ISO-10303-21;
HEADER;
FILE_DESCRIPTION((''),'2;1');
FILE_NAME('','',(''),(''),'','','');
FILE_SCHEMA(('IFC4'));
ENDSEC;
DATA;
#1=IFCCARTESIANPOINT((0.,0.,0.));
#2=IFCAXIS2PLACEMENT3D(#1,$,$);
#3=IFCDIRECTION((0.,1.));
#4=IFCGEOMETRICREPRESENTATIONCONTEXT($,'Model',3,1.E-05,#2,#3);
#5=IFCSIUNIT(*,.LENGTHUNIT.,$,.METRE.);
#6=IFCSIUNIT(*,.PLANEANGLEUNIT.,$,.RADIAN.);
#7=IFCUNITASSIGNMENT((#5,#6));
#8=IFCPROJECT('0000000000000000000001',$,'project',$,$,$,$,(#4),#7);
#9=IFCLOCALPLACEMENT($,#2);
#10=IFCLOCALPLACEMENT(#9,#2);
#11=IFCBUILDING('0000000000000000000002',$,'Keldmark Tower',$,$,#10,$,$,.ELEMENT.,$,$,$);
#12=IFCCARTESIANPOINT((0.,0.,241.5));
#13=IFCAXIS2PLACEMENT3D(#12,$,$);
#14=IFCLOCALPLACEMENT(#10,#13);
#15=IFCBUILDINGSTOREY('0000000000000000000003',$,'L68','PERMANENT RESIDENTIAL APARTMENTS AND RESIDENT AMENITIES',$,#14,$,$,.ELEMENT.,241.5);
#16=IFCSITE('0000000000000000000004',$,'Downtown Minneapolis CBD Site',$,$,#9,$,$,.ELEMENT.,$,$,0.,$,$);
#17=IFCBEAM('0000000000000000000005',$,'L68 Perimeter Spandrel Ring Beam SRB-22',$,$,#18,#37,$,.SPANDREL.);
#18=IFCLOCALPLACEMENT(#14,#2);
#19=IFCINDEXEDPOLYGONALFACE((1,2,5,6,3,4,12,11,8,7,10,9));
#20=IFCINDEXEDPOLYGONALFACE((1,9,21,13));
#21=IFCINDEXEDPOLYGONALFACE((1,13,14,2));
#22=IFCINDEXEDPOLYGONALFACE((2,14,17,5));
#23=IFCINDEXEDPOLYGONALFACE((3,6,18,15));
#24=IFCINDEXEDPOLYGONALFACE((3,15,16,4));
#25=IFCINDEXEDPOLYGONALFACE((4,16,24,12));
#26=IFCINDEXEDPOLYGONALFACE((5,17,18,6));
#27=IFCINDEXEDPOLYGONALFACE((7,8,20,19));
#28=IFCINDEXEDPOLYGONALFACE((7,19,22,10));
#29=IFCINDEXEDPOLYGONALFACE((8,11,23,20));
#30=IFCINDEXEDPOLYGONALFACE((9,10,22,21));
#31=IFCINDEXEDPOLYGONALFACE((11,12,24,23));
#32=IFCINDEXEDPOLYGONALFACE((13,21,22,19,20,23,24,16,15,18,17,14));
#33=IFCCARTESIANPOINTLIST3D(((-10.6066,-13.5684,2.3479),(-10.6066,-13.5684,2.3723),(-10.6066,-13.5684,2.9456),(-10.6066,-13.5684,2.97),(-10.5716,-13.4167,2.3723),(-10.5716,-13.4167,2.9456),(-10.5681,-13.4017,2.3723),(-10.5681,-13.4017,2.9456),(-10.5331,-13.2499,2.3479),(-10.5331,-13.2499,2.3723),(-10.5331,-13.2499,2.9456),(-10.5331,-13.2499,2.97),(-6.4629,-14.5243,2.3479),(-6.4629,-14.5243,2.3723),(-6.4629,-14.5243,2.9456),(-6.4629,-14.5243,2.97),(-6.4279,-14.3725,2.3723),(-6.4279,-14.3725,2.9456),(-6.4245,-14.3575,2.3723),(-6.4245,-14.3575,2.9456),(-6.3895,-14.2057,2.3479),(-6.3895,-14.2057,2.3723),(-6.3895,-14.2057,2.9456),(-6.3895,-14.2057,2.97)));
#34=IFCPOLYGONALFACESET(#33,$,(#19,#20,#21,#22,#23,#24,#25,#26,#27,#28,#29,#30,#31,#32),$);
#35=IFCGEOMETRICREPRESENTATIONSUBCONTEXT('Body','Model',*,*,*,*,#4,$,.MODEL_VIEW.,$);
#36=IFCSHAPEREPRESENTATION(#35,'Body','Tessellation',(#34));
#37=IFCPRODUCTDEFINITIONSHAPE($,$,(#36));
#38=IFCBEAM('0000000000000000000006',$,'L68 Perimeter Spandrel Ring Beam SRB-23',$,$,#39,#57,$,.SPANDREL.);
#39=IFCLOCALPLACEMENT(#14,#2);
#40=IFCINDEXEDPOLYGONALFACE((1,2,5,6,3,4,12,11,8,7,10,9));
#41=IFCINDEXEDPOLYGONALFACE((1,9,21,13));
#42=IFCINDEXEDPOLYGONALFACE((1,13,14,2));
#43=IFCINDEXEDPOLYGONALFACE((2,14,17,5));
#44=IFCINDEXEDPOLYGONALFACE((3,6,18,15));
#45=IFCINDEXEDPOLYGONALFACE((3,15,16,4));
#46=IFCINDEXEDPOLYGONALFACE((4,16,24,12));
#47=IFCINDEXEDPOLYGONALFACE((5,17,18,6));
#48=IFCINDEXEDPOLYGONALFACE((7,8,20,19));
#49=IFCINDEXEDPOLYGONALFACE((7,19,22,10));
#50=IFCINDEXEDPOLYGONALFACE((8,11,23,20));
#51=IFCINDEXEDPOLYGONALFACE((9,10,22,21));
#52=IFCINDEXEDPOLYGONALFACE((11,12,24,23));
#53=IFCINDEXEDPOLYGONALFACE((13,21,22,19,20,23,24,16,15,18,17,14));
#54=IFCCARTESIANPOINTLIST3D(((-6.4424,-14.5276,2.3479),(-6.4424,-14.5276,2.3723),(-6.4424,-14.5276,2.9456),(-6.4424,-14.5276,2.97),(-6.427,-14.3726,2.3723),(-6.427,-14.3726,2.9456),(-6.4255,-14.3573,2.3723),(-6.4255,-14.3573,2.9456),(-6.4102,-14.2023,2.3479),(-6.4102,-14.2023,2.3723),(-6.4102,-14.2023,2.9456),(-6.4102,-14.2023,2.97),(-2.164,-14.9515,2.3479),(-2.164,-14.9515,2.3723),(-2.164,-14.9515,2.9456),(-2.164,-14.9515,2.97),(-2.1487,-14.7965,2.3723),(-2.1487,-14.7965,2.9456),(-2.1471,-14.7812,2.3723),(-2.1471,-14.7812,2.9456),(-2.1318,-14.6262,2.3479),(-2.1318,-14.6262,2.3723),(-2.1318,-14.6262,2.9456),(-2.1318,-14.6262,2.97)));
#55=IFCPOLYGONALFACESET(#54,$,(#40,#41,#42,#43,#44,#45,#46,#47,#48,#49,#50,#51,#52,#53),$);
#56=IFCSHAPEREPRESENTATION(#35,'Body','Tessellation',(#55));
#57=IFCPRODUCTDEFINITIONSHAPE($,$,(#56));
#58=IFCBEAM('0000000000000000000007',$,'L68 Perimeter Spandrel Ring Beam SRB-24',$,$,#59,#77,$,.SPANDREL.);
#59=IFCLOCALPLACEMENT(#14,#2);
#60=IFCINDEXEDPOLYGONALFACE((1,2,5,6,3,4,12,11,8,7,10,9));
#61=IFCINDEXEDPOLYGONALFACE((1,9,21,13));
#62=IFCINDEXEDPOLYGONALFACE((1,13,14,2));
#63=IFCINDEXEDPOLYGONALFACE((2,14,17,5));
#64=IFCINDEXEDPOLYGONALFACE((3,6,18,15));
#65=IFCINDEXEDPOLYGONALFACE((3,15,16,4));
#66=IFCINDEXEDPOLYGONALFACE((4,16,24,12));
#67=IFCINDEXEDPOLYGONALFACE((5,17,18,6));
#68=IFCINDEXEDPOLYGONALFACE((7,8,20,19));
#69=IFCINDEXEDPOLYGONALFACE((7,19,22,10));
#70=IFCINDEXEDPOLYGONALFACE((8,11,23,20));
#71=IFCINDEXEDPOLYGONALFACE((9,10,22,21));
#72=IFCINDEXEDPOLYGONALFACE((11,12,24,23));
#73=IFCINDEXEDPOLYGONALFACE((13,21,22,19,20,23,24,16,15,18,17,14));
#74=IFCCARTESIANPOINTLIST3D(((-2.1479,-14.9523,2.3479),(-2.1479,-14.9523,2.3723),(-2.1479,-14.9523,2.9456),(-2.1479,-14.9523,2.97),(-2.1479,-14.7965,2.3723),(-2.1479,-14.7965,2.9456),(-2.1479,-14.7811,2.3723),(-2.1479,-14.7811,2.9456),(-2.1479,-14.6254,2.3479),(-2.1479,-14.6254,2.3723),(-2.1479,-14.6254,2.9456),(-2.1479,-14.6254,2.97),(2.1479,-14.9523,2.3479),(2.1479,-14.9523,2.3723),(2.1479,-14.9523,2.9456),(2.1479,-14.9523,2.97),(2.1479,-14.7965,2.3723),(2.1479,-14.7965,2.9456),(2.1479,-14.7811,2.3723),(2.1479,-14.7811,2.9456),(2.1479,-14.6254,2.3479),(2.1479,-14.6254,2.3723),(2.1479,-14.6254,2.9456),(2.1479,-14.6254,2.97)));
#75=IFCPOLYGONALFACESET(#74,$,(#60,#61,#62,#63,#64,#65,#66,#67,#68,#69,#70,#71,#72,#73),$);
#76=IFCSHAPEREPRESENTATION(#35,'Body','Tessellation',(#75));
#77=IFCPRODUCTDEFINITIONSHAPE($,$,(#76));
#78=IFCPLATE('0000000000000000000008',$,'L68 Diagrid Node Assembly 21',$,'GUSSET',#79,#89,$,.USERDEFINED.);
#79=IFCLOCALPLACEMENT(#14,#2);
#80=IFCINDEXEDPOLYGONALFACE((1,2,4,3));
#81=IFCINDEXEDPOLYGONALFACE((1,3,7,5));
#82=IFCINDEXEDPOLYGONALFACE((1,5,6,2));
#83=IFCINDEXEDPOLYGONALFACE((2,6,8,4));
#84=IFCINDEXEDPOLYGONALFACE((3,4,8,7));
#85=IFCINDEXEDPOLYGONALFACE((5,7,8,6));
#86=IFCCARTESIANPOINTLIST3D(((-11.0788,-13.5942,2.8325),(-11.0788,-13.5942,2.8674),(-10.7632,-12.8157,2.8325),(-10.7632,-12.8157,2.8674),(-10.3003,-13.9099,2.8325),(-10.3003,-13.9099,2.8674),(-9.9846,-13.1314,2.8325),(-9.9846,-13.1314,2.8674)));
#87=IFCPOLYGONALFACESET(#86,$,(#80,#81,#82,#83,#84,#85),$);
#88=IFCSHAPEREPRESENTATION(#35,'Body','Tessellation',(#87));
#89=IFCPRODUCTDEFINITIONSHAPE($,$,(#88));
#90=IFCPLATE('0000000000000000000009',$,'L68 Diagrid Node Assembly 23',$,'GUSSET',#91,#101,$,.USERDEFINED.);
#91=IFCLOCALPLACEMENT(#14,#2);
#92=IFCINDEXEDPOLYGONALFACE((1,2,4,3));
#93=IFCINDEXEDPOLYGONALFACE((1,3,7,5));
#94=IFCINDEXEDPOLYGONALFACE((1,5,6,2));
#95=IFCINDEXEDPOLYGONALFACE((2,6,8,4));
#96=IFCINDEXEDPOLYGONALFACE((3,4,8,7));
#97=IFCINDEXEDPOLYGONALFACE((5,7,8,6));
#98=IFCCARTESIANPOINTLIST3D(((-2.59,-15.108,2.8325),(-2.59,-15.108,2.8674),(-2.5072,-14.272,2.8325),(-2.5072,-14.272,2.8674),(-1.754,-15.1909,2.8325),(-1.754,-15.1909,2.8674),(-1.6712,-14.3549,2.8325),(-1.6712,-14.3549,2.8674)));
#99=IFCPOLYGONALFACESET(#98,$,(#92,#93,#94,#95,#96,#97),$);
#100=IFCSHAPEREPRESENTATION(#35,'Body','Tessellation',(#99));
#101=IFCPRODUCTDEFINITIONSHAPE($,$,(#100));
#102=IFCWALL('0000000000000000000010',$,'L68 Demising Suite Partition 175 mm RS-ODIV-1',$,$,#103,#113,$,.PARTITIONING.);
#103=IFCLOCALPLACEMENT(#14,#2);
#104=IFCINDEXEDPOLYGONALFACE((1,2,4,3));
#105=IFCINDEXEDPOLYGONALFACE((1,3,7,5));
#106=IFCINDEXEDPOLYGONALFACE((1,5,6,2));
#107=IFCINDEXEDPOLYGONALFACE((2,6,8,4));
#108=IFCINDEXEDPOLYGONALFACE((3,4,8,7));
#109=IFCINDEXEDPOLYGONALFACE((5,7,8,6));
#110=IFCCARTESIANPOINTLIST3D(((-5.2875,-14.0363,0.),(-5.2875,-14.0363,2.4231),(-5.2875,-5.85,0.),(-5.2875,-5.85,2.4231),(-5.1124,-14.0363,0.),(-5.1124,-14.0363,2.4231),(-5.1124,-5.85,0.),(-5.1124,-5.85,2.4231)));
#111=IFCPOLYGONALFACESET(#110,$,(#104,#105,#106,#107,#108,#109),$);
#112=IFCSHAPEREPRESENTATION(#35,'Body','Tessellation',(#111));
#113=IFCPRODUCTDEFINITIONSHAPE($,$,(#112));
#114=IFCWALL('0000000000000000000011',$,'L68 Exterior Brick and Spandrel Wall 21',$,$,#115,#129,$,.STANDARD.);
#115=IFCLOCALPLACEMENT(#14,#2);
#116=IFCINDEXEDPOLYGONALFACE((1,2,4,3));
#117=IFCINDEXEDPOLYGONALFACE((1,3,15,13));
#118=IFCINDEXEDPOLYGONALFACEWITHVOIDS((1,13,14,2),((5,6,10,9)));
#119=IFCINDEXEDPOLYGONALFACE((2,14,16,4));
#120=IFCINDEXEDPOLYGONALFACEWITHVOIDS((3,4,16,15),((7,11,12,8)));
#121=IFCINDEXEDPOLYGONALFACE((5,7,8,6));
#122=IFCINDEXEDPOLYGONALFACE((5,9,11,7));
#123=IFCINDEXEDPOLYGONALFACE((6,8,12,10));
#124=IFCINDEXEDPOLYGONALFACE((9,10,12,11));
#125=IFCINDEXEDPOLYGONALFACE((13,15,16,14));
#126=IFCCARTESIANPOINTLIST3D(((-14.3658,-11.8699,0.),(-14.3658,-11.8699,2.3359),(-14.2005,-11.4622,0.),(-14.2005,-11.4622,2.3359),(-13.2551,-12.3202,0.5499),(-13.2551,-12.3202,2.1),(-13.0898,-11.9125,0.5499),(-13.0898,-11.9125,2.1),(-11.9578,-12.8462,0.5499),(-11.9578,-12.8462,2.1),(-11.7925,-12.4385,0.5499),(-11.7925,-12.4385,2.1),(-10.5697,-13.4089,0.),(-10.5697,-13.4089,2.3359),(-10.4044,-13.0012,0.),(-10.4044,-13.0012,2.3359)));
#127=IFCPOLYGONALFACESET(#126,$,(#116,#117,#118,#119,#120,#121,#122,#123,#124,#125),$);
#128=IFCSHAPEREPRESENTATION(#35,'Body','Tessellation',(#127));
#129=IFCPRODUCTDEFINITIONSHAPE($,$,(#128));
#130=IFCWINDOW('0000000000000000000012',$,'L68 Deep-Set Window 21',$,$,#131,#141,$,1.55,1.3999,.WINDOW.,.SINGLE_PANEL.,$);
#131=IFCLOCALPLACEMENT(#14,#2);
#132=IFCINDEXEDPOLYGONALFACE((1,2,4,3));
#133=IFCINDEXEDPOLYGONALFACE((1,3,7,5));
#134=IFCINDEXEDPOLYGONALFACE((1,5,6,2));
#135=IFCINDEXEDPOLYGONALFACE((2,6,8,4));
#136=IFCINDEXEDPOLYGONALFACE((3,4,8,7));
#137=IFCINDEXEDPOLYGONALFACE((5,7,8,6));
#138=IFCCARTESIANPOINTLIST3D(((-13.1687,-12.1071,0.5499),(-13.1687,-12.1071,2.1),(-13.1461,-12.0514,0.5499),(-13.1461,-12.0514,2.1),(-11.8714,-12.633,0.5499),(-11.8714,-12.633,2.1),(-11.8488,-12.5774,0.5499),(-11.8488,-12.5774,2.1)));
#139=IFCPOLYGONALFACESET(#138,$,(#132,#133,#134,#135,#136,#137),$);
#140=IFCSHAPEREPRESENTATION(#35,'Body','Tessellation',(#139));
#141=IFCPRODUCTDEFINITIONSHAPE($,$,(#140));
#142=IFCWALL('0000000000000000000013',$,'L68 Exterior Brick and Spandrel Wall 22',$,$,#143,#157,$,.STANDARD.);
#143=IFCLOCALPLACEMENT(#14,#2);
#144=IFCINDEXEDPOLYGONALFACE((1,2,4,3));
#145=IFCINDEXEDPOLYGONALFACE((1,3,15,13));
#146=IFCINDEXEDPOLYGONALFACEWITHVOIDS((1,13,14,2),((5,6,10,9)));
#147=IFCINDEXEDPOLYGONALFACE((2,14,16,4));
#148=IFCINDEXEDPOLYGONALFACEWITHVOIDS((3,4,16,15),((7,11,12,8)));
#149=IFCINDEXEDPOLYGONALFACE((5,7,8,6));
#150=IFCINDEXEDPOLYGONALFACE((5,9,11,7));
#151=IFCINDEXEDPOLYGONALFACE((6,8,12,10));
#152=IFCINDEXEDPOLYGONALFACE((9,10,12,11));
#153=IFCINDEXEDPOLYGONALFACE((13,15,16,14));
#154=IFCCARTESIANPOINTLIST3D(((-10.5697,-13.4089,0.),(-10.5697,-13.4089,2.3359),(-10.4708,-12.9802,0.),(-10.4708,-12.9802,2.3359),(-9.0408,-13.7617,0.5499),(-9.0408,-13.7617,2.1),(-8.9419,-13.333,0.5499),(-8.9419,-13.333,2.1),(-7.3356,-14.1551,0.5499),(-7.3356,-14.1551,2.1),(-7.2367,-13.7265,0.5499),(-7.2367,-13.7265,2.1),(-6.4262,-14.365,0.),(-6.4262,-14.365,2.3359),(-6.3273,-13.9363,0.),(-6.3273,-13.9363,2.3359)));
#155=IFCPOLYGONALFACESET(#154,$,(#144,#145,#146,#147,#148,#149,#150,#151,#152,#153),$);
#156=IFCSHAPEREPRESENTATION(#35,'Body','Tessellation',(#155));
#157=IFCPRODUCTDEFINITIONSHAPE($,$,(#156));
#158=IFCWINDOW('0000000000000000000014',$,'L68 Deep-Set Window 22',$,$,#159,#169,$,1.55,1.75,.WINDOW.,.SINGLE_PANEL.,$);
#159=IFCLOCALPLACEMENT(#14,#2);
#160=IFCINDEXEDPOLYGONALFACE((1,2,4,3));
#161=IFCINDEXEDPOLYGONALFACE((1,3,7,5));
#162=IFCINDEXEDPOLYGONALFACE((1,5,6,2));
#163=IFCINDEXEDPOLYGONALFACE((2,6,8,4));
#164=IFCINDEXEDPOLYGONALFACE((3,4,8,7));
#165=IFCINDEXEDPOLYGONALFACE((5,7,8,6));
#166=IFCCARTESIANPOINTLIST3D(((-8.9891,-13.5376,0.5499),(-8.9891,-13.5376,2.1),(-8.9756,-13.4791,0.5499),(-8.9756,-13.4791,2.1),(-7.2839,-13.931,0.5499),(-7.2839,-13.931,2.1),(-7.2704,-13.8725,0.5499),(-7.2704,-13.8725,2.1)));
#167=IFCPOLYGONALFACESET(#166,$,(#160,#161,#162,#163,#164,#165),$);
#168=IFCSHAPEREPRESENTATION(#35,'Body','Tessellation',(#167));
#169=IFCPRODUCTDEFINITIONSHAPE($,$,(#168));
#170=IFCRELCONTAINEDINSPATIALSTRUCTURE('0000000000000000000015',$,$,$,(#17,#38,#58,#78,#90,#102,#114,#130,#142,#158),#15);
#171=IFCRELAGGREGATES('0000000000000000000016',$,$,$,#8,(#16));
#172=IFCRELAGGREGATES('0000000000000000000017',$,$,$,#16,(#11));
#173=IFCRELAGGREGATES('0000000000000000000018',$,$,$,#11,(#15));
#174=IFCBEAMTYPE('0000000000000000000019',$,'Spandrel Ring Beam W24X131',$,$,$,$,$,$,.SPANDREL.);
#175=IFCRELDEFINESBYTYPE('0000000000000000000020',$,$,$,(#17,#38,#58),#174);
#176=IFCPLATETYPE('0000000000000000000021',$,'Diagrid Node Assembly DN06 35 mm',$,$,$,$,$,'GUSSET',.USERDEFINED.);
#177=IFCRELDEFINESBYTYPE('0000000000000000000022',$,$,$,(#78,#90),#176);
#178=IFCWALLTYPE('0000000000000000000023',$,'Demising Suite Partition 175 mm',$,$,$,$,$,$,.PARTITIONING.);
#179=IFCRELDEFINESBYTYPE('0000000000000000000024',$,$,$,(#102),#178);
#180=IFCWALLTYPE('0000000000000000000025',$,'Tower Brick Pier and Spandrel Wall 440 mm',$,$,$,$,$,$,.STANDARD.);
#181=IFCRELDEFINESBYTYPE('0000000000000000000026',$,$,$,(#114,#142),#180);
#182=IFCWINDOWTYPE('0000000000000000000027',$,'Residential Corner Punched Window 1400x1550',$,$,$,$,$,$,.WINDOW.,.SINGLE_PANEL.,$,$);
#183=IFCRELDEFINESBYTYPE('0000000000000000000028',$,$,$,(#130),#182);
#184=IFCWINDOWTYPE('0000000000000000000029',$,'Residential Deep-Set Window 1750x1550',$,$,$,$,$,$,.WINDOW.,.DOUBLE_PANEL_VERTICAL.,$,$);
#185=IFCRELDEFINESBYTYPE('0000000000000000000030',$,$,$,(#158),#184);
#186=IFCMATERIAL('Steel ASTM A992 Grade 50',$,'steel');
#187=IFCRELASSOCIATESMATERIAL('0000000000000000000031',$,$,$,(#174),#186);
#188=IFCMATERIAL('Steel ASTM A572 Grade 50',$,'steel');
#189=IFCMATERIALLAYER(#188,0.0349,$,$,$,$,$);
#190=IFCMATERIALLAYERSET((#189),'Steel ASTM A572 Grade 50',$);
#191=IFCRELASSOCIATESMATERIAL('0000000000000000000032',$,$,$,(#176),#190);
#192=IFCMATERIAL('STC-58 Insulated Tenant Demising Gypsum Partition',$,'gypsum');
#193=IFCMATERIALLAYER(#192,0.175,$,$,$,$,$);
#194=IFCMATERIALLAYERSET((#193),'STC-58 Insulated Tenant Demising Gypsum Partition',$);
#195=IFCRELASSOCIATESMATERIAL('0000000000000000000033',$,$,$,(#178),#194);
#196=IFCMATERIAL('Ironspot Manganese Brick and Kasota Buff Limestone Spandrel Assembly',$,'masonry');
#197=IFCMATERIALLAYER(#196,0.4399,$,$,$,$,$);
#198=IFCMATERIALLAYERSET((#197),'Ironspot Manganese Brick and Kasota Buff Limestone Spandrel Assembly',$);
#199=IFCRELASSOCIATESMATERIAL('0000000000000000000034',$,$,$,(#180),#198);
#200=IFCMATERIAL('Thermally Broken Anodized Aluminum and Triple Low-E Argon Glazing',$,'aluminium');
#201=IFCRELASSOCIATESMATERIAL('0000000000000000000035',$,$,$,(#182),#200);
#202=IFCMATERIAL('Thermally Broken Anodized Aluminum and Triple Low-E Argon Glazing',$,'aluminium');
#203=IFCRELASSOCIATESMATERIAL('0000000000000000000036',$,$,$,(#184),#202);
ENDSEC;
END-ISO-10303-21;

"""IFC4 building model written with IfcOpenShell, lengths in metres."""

from ifc_helpers import new_model, si_unit, direction, frame, frame_2d, origin, origin_2d, place, context, subcontext, project, spatial, rectangle, i_section, extrude, material, layer, layer_set, material_profile, profile_set, type_object, element, fill, save


model = new_model("IFC4")

# Units and contexts
model_context = context("Model", 3, precision=1e-05, world=origin(), true_north=direction((0.0, 1.0)))
body_context = subcontext(model_context, "Body", "Model", "MODEL_VIEW")
ifc_project = project(units=[si_unit("LENGTHUNIT", "METRE"), si_unit("PLANEANGLEUNIT", "RADIAN")], contexts=[model_context])

# Site, building, storey
site_placement = place(None, origin())
site = spatial("IfcSite", under=ifc_project, at=site_placement, Name="Downtown Minneapolis CBD Site", CompositionType="ELEMENT", RefElevation=0.0)
building_placement = place(site_placement, origin())
building = spatial("IfcBuilding", under=site, at=building_placement, Name="Keldmark Tower", CompositionType="ELEMENT")
storey_placement = place(building_placement, frame((0.0, 0.0, 241.5)))
storey = spatial("IfcBuildingStorey", under=building, at=storey_placement, Name="L68", Description="PERMANENT RESIDENTIAL APARTMENTS AND RESIDENT AMENITIES", CompositionType="ELEMENT", Elevation=241.5)

# Beams
ifc_material_1 = material(Name="Steel ASTM A992 Grade 50", Category="steel")
ifc_material_profile_1 = material_profile(ifc_material_1, i_section(OverallWidth=0.3269, OverallDepth=0.6221, WebThickness=0.0154, FlangeThickness=0.0244, at=origin_2d()), Name="W24X131")
ifc_profile_set_1 = profile_set([ifc_material_profile_1], Name="Steel ASTM A992 Grade 50")
beam_type_1 = type_object("IfcBeamType", Name="Spandrel Ring Beam W24X131", PredefinedType="SPANDREL", material=ifc_profile_set_1)
beam_1_placement = place(storey_placement, frame((-10.5698, -13.4092, 2.6589), z_axis=(0.974412, -0.224771, 0.0), x_axis=(0.224771, 0.974412, 0.0)))
element("IfcBeam", 1, at=beam_1_placement, inside=storey, type_object=beam_type_1, Name="L68 Perimeter Spandrel Ring Beam SRB-22", PredefinedType="SPANDREL", context=body_context, shape_type="SweptSolid", body=[
    extrude(i_section(OverallWidth=0.3269, OverallDepth=0.6221, WebThickness=0.0154, FlangeThickness=0.0244, at=origin_2d()), origin(), (0.0, 0.0, 1.0), 4.2524),
])
beam_2_placement = place(storey_placement, frame((-6.4263, -14.365, 2.6589), z_axis=(0.995129, -0.098582, 0.0), x_axis=(0.098582, 0.995129, 0.0)))
element("IfcBeam", 2, at=beam_2_placement, inside=storey, type_object=beam_type_1, Name="L68 Perimeter Spandrel Ring Beam SRB-23", PredefinedType="SPANDREL", context=body_context, shape_type="SweptSolid", body=[
    extrude(i_section(OverallWidth=0.3269, OverallDepth=0.6221, WebThickness=0.0154, FlangeThickness=0.0244, at=origin_2d()), origin(), (0.0, 0.0, 1.0), 4.2993),
])
beam_3_placement = place(storey_placement, frame((-2.1479, -14.7888, 2.6589), z_axis=(1.0, 0.0, 0.0), x_axis=(0.0, 1.0, 0.0)))
element("IfcBeam", 3, at=beam_3_placement, inside=storey, type_object=beam_type_1, Name="L68 Perimeter Spandrel Ring Beam SRB-24", PredefinedType="SPANDREL", context=body_context, shape_type="SweptSolid", body=[
    extrude(i_section(OverallWidth=0.3269, OverallDepth=0.6221, WebThickness=0.0154, FlangeThickness=0.0244, at=origin_2d()), origin(), (0.0, 0.0, 1.0), 4.2959),
])

# Plates
ifc_material_2 = material(Name="Steel ASTM A572 Grade 50", Category="steel")
ifc_layer_1 = layer(ifc_material_2, 0.0349)
ifc_layer_set_1 = layer_set([ifc_layer_1], Name="Steel ASTM A572 Grade 50")
plate_type = type_object("IfcPlateType", Name="Diagrid Node Assembly DN06 35 mm", ElementType="GUSSET", PredefinedType="USERDEFINED", material=ifc_layer_set_1)
for number, where, z_axis, x_axis, name in (
    (4, (-10.5317, -13.3628, 2.8325), (0.0, 0.0, 1.0), (0.926725, -0.375739, 0.0), "L68 Diagrid Node Assembly 21"),
    (5, (-2.1306, -14.7314, 2.8325), (0.0, 0.0, 1.0), (0.995125, -0.098625, 0.0), "L68 Diagrid Node Assembly 23"),
):
    element("IfcPlate", number, at=place(storey_placement, frame(where, z_axis=z_axis, x_axis=x_axis)), inside=storey, type_object=plate_type, Name=name, ObjectType="GUSSET", PredefinedType="USERDEFINED", context=body_context, shape_type="SweptSolid", body=[
        extrude(rectangle(XDim=0.8401, YDim=0.8401, at=origin_2d()), origin(), (0.0, 0.0, 1.0), 0.0349),
    ])

# Wall
ifc_material_3 = material(Name="STC-58 Insulated Tenant Demising Gypsum Partition", Category="gypsum")
ifc_layer_2 = layer(ifc_material_3, 0.175)
ifc_layer_set_2 = layer_set([ifc_layer_2], Name="STC-58 Insulated Tenant Demising Gypsum Partition")
wall_type_1 = type_object("IfcWallType", Name="Demising Suite Partition 175 mm", PredefinedType="PARTITIONING", material=ifc_layer_set_2)
wall_1_placement = place(storey_placement, frame((-5.2, -14.0364, 0.0), z_axis=(0.0, 0.0, 1.0), x_axis=(0.0, 1.0, 0.0)))
element("IfcWall", 6, at=wall_1_placement, inside=storey, type_object=wall_type_1, Name="L68 Demising Suite Partition 175 mm RS-ODIV-1", PredefinedType="PARTITIONING", context=body_context, shape_type="SweptSolid", body=[
    extrude(rectangle(XDim=8.1863, YDim=0.175, at=frame_2d((4.0933, 0.0))), origin(), (0.0, 0.0, 1.0), 2.4231),
])

# Walls, openings, windows
ifc_material_4 = material(Name="Ironspot Manganese Brick and Kasota Buff Limestone Spandrel Assembly", Category="masonry")
ifc_layer_3 = layer(ifc_material_4, 0.4399)
ifc_layer_set_3 = layer_set([ifc_layer_3], Name="Ironspot Manganese Brick and Kasota Buff Limestone Spandrel Assembly")
wall_type_2 = type_object("IfcWallType", Name="Tower Brick Pier and Spandrel Wall 440 mm", PredefinedType="STANDARD", material=ifc_layer_set_3)
wall_2_placement = place(storey_placement, frame((-10.4871, -13.2051, 0.0), z_axis=(0.0, 0.0, 1.0), x_axis=(-0.926732, 0.375723, 0.0)))
wall_2 = element("IfcWall", 7, at=wall_2_placement, inside=storey, type_object=wall_type_2, Name="L68 Exterior Brick and Spandrel Wall 21", PredefinedType="STANDARD", context=body_context, shape_type="SweptSolid", body=[
    extrude(rectangle(XDim=4.0962, YDim=0.4399, at=frame_2d((2.0481, 0.0))), origin(), (0.0, 0.0, 1.0), 2.3359),
])
opening_1_placement = place(wall_2_placement, frame((1.4978, 0.0, 0.55)))
opening_1 = element("IfcOpeningElement", 8, at=opening_1_placement, cuts=wall_2, PredefinedType="OPENING", context=body_context, shape_type="SweptSolid", body=[
    extrude(rectangle(XDim=1.3999, YDim=1.55, at=frame_2d((0.7, 0.7749))), frame((0.0, 0.23, 0.0), z_axis=(0.0, -1.0, 0.0), x_axis=(1.0, 0.0, 0.0)), (0.0, 0.0, 1.0), 0.46),
])
ifc_material_5 = material(Name="Thermally Broken Anodized Aluminum and Triple Low-E Argon Glazing", Category="aluminium")
window_type_1 = type_object("IfcWindowType", Name="Residential Corner Punched Window 1400x1550", PartitioningType="SINGLE_PANEL", PredefinedType="WINDOW", material=ifc_material_5)
window_1_placement = place(opening_1_placement, origin())
window_1 = element("IfcWindow", 9, at=window_1_placement, inside=storey, type_object=window_type_1, Name="L68 Deep-Set Window 21", OverallHeight=1.55, OverallWidth=1.3999, PartitioningType="SINGLE_PANEL", PredefinedType="WINDOW", context=body_context, shape_type="SweptSolid", body=[
    extrude(rectangle(XDim=1.3999, YDim=1.55, at=frame_2d((0.7, 0.7749))), frame((0.0, -0.01, 0.0), z_axis=(0.0, -1.0, 0.0), x_axis=(1.0, 0.0, 0.0)), (0.0, 0.0, 1.0), 0.0601),
])
fill(opening_1, window_1)
wall_3_placement = place(storey_placement, frame((-6.3767, -14.1506, 0.0), z_axis=(0.0, 0.0, 1.0), x_axis=(-0.974399, 0.224826, 0.0)))
wall_3 = element("IfcWall", 10, at=wall_3_placement, inside=storey, type_object=wall_type_2, Name="L68 Exterior Brick and Spandrel Wall 22", PredefinedType="STANDARD", context=body_context, shape_type="SweptSolid", body=[
    extrude(rectangle(XDim=4.2524, YDim=0.4399, at=frame_2d((2.1262, 0.0))), origin(), (0.0, 0.0, 1.0), 2.3359),
])
opening_2_placement = place(wall_3_placement, frame((0.9333, 0.0, 0.55)))
opening_2 = element("IfcOpeningElement", 11, at=opening_2_placement, cuts=wall_3, PredefinedType="OPENING", context=body_context, shape_type="SweptSolid", body=[
    extrude(rectangle(XDim=1.75, YDim=1.55, at=frame_2d((0.875, 0.7749))), frame((0.0, 0.23, 0.0), z_axis=(0.0, -1.0, 0.0), x_axis=(1.0, 0.0, 0.0)), (0.0, 0.0, 1.0), 0.46),
])
ifc_material_6 = material(Name="Thermally Broken Anodized Aluminum and Triple Low-E Argon Glazing", Category="aluminium")
window_type_2 = type_object("IfcWindowType", Name="Residential Deep-Set Window 1750x1550", PartitioningType="DOUBLE_PANEL_VERTICAL", PredefinedType="WINDOW", material=ifc_material_6)
window_2_placement = place(opening_2_placement, origin())
window_2 = element("IfcWindow", 12, at=window_2_placement, inside=storey, type_object=window_type_2, Name="L68 Deep-Set Window 22", OverallHeight=1.55, OverallWidth=1.75, PartitioningType="SINGLE_PANEL", PredefinedType="WINDOW", context=body_context, shape_type="SweptSolid", body=[
    extrude(rectangle(XDim=1.75, YDim=1.55, at=frame_2d((0.875, 0.7749))), frame((0.0, -0.01, 0.0), z_axis=(0.0, -1.0, 0.0), x_axis=(1.0, 0.0, 0.0)), (0.0, 0.0, 1.0), 0.0601),
])
fill(opening_2, window_2)

save(model, "model.ifc")
